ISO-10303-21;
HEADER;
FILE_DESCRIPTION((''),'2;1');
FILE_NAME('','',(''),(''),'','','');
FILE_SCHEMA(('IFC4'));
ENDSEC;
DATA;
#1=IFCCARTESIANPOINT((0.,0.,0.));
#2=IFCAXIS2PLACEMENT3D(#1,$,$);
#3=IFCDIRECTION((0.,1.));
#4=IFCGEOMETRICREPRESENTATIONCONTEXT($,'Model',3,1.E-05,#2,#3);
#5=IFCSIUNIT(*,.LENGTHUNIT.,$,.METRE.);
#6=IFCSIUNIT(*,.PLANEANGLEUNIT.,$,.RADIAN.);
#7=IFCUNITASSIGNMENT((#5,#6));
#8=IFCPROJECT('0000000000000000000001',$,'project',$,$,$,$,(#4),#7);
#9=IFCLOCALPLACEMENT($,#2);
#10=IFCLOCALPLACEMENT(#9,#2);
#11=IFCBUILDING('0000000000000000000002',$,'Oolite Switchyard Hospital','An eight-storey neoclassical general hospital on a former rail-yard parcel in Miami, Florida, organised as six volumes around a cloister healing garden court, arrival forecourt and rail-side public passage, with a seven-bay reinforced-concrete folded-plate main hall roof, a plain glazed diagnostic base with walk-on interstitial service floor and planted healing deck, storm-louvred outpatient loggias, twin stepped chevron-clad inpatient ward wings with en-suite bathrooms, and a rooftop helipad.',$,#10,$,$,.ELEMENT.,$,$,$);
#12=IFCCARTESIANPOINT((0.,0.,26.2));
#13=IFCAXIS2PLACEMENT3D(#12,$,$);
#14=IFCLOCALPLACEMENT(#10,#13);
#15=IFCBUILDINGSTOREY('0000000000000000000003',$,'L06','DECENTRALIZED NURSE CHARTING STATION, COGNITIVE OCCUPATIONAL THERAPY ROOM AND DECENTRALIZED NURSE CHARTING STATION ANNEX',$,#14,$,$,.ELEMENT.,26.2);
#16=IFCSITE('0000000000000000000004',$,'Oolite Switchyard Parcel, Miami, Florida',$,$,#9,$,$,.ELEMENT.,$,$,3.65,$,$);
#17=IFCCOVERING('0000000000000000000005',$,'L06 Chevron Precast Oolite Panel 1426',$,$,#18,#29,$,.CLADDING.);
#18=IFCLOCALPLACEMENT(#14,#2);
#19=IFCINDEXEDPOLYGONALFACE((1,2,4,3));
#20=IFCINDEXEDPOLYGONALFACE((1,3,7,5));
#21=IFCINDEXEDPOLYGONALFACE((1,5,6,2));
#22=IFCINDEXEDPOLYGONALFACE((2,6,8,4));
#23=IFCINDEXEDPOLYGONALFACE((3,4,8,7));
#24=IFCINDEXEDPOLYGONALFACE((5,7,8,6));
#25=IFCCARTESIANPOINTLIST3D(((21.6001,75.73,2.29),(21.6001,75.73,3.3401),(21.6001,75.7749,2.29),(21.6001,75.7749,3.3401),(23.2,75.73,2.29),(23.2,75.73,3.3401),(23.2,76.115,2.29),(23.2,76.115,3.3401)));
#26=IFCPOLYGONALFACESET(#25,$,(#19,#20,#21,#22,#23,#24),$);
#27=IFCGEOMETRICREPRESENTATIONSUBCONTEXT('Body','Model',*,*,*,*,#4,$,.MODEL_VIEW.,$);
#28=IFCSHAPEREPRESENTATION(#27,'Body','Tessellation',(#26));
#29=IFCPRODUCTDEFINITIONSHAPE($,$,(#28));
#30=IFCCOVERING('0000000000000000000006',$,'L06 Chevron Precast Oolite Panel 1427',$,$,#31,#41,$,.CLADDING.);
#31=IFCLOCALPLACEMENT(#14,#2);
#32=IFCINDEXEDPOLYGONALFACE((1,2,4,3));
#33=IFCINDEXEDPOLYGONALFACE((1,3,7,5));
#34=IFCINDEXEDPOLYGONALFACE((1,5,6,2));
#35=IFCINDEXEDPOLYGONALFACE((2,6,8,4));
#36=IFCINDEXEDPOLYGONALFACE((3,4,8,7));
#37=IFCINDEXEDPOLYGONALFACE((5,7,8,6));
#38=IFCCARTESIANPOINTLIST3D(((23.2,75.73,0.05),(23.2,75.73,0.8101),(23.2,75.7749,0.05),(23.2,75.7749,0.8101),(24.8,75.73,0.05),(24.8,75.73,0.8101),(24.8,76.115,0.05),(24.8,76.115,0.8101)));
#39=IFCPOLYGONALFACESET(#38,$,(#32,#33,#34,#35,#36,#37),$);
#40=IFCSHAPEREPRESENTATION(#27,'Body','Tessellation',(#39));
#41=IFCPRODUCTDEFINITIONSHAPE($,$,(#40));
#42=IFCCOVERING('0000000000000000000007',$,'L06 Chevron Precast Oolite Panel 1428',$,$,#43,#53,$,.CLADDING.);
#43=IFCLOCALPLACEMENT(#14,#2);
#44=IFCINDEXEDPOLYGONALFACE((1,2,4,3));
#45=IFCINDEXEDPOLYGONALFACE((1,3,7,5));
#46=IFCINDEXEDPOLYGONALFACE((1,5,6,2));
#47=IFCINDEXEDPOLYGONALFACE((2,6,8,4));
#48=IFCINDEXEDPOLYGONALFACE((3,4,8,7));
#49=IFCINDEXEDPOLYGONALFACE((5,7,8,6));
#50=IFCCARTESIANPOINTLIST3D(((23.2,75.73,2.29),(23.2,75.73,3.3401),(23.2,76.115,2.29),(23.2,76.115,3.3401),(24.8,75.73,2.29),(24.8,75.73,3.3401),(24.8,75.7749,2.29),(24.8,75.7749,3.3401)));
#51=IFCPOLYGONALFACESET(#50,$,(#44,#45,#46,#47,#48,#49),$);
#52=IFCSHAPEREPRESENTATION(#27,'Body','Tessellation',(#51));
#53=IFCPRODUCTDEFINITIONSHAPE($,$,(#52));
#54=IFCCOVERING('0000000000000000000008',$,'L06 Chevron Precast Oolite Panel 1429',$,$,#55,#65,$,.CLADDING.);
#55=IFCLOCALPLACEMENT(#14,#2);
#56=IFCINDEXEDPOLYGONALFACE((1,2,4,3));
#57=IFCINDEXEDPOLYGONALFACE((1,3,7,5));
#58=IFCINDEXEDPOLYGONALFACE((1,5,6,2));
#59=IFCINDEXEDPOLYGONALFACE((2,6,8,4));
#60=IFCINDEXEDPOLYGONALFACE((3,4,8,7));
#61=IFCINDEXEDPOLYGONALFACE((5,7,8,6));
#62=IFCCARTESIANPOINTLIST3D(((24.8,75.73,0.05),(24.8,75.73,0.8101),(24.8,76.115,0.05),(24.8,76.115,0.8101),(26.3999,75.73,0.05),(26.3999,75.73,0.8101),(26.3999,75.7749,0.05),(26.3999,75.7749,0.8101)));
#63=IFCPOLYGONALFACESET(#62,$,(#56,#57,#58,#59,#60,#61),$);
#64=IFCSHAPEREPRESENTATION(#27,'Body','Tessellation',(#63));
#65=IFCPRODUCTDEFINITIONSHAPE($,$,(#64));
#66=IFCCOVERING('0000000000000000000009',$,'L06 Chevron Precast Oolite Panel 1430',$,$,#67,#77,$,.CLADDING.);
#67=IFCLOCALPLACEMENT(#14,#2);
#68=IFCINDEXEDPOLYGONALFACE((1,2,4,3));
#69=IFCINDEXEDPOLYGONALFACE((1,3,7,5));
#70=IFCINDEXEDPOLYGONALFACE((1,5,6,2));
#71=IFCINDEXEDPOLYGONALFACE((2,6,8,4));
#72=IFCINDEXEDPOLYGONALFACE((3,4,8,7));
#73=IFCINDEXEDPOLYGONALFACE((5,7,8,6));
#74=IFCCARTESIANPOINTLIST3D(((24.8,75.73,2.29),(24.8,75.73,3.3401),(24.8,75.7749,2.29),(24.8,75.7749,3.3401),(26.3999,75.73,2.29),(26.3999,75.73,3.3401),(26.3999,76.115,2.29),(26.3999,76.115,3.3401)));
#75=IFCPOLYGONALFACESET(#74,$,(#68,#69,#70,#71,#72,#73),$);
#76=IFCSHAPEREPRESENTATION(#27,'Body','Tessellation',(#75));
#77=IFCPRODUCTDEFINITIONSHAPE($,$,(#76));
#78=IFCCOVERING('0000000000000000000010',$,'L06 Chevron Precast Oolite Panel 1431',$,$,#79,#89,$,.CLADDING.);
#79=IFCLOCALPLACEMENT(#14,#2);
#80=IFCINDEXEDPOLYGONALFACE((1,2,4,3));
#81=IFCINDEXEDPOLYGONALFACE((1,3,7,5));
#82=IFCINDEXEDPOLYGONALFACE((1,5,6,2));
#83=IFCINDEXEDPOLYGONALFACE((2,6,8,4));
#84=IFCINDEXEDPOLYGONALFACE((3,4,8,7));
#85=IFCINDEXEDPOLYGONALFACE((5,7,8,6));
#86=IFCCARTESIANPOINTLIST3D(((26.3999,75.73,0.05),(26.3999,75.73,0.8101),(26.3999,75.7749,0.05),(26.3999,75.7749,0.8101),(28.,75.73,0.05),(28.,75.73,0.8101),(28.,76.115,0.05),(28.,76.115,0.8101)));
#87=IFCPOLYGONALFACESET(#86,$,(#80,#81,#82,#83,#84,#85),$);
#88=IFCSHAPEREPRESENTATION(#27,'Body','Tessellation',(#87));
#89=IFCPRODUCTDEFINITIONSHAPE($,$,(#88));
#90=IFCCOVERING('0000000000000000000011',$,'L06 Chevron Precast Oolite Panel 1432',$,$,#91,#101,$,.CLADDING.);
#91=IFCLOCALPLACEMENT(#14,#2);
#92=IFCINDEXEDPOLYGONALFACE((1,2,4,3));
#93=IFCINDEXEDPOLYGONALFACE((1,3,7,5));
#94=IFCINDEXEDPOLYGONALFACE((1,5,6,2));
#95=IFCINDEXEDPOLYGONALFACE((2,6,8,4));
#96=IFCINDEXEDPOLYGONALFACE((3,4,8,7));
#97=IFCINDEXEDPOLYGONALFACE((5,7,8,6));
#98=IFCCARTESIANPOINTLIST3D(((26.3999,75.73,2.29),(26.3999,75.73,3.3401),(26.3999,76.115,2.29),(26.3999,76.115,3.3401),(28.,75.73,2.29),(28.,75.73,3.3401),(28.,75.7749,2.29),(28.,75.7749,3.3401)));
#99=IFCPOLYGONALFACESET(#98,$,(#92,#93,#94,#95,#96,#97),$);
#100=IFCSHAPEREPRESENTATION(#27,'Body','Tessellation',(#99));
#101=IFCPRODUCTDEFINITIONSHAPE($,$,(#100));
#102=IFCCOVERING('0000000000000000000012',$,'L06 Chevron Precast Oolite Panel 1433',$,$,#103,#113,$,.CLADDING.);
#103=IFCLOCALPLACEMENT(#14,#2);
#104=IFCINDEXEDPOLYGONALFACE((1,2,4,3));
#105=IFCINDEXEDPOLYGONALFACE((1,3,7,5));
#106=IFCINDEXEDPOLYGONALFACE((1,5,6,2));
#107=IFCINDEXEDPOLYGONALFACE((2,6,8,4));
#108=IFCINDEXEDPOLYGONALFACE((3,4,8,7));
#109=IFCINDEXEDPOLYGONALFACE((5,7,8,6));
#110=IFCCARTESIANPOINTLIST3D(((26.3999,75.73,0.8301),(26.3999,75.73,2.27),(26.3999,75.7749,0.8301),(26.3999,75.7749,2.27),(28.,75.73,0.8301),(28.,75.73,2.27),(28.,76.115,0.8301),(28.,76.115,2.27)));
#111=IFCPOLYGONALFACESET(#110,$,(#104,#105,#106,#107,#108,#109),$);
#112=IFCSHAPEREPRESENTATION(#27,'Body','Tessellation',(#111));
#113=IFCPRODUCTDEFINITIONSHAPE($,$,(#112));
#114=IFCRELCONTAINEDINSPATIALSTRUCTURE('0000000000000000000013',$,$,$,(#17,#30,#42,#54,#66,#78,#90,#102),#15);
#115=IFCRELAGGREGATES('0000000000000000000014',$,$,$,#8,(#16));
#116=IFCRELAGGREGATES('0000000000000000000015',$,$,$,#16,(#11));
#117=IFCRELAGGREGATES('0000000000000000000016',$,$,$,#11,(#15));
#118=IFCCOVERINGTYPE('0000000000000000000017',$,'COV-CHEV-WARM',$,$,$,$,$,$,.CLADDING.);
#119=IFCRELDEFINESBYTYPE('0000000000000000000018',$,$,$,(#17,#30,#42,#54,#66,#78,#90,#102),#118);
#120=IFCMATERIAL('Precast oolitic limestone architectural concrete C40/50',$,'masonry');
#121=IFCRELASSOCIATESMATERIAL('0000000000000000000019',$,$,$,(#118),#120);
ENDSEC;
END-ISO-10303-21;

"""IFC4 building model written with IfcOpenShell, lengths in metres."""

from ifc_helpers import new_model, si_unit, direction, frame, origin, place, context, subcontext, project, spatial, polyline, outline, extrude, material, type_object, element, save


model = new_model("IFC4")

# Units and contexts
model_context = context("Model", 3, precision=1e-05, world=origin(), true_north=direction((0.0, 1.0)))
body_context = subcontext(model_context, "Body", "Model", "MODEL_VIEW")
ifc_project = project(units=[si_unit("LENGTHUNIT", "METRE"), si_unit("PLANEANGLEUNIT", "RADIAN")], contexts=[model_context])

# Site, building, storey
site_placement = place(None, origin())
site = spatial("IfcSite", under=ifc_project, at=site_placement, Name="Oolite Switchyard Parcel, Miami, Florida", CompositionType="ELEMENT", RefElevation=3.65)
building_placement = place(site_placement, origin())
building = spatial("IfcBuilding", under=site, at=building_placement, Name="Oolite Switchyard Hospital", Description="An eight-storey neoclassical general hospital on a former rail-yard parcel in Miami, Florida, organised as six volumes around a cloister healing garden court, arrival forecourt and rail-side public passage, with a seven-bay reinforced-concrete folded-plate main hall roof, a plain glazed diagnostic base with walk-on interstitial service floor and planted healing deck, storm-louvred outpatient loggias, twin stepped chevron-clad inpatient ward wings with en-suite bathrooms, and a rooftop helipad.", CompositionType="ELEMENT")
storey_placement = place(building_placement, frame((0.0, 0.0, 26.2)))
storey = spatial("IfcBuildingStorey", under=building, at=storey_placement, Name="L06", Description="DECENTRALIZED NURSE CHARTING STATION, COGNITIVE OCCUPATIONAL THERAPY ROOM AND DECENTRALIZED NURSE CHARTING STATION ANNEX", CompositionType="ELEMENT", Elevation=26.2)

# Shared definitions
ifc_material_1 = material(Name="Precast oolitic limestone architectural concrete C40/50", Category="masonry")

# Coverings
covering_type = type_object("IfcCoveringType", Name="COV-CHEV-WARM", PredefinedType="CLADDING", material=ifc_material_1)
covering_1_placement = place(storey_placement, frame((21.6001, 75.73, 2.29), z_axis=(0.0, 0.0, 1.0), x_axis=(1.0, 0.0, 0.0)))
element("IfcCovering", 1, at=covering_1_placement, inside=storey, type_object=covering_type, Name="L06 Chevron Precast Oolite Panel 1426", PredefinedType="CLADDING", context=body_context, shape_type="SweptSolid", body=[
    extrude(outline(polyline([(0.0, 0.0), (1.5999, 0.0), (1.5999, 0.385), (0.0, 0.0449), (0.0, 0.0)])), origin(), (0.0, 0.0, 1.0), 1.05),
])
covering_2_placement = place(storey_placement, frame((23.2, 75.73, 0.05), z_axis=(0.0, 0.0, 1.0), x_axis=(1.0, 0.0, 0.0)))
element("IfcCovering", 2, at=covering_2_placement, inside=storey, type_object=covering_type, Name="L06 Chevron Precast Oolite Panel 1427", PredefinedType="CLADDING", context=body_context, shape_type="SweptSolid", body=[
    extrude(outline(polyline([(0.0, 0.0), (1.6001, 0.0), (1.6001, 0.385), (0.0, 0.0449), (0.0, 0.0)])), origin(), (0.0, 0.0, 1.0), 0.76),
])
covering_3_placement = place(storey_placement, frame((23.2, 75.73, 2.29), z_axis=(0.0, 0.0, 1.0), x_axis=(1.0, 0.0, 0.0)))
element("IfcCovering", 3, at=covering_3_placement, inside=storey, type_object=covering_type, Name="L06 Chevron Precast Oolite Panel 1428", PredefinedType="CLADDING", context=body_context, shape_type="SweptSolid", body=[
    extrude(outline(polyline([(0.0, 0.0), (1.6001, 0.0), (1.6001, 0.0449), (0.0, 0.385), (0.0, 0.0)])), origin(), (0.0, 0.0, 1.0), 1.05),
])
covering_4_placement = place(storey_placement, frame((24.8, 75.73, 0.05), z_axis=(0.0, 0.0, 1.0), x_axis=(1.0, 0.0, 0.0)))
element("IfcCovering", 4, at=covering_4_placement, inside=storey, type_object=covering_type, Name="L06 Chevron Precast Oolite Panel 1429", PredefinedType="CLADDING", context=body_context, shape_type="SweptSolid", body=[
    extrude(outline(polyline([(0.0, 0.0), (1.5999, 0.0), (1.5999, 0.0449), (0.0, 0.385), (0.0, 0.0)])), origin(), (0.0, 0.0, 1.0), 0.76),
])
covering_5_placement = place(storey_placement, frame((24.8, 75.73, 2.29), z_axis=(0.0, 0.0, 1.0), x_axis=(1.0, 0.0, 0.0)))
element("IfcCovering", 5, at=covering_5_placement, inside=storey, type_object=covering_type, Name="L06 Chevron Precast Oolite Panel 1430", PredefinedType="CLADDING", context=body_context, shape_type="SweptSolid", body=[
    extrude(outline(polyline([(0.0, 0.0), (1.5999, 0.0), (1.5999, 0.385), (0.0, 0.0449), (0.0, 0.0)])), origin(), (0.0, 0.0, 1.0), 1.05),
])
covering_6_placement = place(storey_placement, frame((26.3999, 75.73, 0.05), z_axis=(0.0, 0.0, 1.0), x_axis=(1.0, 0.0, 0.0)))
element("IfcCovering", 6, at=covering_6_placement, inside=storey, type_object=covering_type, Name="L06 Chevron Precast Oolite Panel 1431", PredefinedType="CLADDING", context=body_context, shape_type="SweptSolid", body=[
    extrude(outline(polyline([(0.0, 0.0), (1.6001, 0.0), (1.6001, 0.385), (0.0, 0.0449), (0.0, 0.0)])), origin(), (0.0, 0.0, 1.0), 0.76),
])
covering_7_placement = place(storey_placement, frame((26.3999, 75.73, 2.29), z_axis=(0.0, 0.0, 1.0), x_axis=(1.0, 0.0, 0.0)))
element("IfcCovering", 7, at=covering_7_placement, inside=storey, type_object=covering_type, Name="L06 Chevron Precast Oolite Panel 1432", PredefinedType="CLADDING", context=body_context, shape_type="SweptSolid", body=[
    extrude(outline(polyline([(0.0, 0.0), (1.6001, 0.0), (1.6001, 0.0449), (0.0, 0.385), (0.0, 0.0)])), origin(), (0.0, 0.0, 1.0), 1.05),
])
covering_8_placement = place(storey_placement, frame((26.3999, 75.73, 0.8301), z_axis=(0.0, 0.0, 1.0), x_axis=(1.0, 0.0, 0.0)))
element("IfcCovering", 8, at=covering_8_placement, inside=storey, type_object=covering_type, Name="L06 Chevron Precast Oolite Panel 1433", PredefinedType="CLADDING", context=body_context, shape_type="SweptSolid", body=[
    extrude(outline(polyline([(0.0, 0.0), (1.6001, 0.0), (1.6001, 0.385), (0.0, 0.0449), (0.0, 0.0)])), origin(), (0.0, 0.0, 1.0), 1.4399),
])

save(model, "model.ifc")
